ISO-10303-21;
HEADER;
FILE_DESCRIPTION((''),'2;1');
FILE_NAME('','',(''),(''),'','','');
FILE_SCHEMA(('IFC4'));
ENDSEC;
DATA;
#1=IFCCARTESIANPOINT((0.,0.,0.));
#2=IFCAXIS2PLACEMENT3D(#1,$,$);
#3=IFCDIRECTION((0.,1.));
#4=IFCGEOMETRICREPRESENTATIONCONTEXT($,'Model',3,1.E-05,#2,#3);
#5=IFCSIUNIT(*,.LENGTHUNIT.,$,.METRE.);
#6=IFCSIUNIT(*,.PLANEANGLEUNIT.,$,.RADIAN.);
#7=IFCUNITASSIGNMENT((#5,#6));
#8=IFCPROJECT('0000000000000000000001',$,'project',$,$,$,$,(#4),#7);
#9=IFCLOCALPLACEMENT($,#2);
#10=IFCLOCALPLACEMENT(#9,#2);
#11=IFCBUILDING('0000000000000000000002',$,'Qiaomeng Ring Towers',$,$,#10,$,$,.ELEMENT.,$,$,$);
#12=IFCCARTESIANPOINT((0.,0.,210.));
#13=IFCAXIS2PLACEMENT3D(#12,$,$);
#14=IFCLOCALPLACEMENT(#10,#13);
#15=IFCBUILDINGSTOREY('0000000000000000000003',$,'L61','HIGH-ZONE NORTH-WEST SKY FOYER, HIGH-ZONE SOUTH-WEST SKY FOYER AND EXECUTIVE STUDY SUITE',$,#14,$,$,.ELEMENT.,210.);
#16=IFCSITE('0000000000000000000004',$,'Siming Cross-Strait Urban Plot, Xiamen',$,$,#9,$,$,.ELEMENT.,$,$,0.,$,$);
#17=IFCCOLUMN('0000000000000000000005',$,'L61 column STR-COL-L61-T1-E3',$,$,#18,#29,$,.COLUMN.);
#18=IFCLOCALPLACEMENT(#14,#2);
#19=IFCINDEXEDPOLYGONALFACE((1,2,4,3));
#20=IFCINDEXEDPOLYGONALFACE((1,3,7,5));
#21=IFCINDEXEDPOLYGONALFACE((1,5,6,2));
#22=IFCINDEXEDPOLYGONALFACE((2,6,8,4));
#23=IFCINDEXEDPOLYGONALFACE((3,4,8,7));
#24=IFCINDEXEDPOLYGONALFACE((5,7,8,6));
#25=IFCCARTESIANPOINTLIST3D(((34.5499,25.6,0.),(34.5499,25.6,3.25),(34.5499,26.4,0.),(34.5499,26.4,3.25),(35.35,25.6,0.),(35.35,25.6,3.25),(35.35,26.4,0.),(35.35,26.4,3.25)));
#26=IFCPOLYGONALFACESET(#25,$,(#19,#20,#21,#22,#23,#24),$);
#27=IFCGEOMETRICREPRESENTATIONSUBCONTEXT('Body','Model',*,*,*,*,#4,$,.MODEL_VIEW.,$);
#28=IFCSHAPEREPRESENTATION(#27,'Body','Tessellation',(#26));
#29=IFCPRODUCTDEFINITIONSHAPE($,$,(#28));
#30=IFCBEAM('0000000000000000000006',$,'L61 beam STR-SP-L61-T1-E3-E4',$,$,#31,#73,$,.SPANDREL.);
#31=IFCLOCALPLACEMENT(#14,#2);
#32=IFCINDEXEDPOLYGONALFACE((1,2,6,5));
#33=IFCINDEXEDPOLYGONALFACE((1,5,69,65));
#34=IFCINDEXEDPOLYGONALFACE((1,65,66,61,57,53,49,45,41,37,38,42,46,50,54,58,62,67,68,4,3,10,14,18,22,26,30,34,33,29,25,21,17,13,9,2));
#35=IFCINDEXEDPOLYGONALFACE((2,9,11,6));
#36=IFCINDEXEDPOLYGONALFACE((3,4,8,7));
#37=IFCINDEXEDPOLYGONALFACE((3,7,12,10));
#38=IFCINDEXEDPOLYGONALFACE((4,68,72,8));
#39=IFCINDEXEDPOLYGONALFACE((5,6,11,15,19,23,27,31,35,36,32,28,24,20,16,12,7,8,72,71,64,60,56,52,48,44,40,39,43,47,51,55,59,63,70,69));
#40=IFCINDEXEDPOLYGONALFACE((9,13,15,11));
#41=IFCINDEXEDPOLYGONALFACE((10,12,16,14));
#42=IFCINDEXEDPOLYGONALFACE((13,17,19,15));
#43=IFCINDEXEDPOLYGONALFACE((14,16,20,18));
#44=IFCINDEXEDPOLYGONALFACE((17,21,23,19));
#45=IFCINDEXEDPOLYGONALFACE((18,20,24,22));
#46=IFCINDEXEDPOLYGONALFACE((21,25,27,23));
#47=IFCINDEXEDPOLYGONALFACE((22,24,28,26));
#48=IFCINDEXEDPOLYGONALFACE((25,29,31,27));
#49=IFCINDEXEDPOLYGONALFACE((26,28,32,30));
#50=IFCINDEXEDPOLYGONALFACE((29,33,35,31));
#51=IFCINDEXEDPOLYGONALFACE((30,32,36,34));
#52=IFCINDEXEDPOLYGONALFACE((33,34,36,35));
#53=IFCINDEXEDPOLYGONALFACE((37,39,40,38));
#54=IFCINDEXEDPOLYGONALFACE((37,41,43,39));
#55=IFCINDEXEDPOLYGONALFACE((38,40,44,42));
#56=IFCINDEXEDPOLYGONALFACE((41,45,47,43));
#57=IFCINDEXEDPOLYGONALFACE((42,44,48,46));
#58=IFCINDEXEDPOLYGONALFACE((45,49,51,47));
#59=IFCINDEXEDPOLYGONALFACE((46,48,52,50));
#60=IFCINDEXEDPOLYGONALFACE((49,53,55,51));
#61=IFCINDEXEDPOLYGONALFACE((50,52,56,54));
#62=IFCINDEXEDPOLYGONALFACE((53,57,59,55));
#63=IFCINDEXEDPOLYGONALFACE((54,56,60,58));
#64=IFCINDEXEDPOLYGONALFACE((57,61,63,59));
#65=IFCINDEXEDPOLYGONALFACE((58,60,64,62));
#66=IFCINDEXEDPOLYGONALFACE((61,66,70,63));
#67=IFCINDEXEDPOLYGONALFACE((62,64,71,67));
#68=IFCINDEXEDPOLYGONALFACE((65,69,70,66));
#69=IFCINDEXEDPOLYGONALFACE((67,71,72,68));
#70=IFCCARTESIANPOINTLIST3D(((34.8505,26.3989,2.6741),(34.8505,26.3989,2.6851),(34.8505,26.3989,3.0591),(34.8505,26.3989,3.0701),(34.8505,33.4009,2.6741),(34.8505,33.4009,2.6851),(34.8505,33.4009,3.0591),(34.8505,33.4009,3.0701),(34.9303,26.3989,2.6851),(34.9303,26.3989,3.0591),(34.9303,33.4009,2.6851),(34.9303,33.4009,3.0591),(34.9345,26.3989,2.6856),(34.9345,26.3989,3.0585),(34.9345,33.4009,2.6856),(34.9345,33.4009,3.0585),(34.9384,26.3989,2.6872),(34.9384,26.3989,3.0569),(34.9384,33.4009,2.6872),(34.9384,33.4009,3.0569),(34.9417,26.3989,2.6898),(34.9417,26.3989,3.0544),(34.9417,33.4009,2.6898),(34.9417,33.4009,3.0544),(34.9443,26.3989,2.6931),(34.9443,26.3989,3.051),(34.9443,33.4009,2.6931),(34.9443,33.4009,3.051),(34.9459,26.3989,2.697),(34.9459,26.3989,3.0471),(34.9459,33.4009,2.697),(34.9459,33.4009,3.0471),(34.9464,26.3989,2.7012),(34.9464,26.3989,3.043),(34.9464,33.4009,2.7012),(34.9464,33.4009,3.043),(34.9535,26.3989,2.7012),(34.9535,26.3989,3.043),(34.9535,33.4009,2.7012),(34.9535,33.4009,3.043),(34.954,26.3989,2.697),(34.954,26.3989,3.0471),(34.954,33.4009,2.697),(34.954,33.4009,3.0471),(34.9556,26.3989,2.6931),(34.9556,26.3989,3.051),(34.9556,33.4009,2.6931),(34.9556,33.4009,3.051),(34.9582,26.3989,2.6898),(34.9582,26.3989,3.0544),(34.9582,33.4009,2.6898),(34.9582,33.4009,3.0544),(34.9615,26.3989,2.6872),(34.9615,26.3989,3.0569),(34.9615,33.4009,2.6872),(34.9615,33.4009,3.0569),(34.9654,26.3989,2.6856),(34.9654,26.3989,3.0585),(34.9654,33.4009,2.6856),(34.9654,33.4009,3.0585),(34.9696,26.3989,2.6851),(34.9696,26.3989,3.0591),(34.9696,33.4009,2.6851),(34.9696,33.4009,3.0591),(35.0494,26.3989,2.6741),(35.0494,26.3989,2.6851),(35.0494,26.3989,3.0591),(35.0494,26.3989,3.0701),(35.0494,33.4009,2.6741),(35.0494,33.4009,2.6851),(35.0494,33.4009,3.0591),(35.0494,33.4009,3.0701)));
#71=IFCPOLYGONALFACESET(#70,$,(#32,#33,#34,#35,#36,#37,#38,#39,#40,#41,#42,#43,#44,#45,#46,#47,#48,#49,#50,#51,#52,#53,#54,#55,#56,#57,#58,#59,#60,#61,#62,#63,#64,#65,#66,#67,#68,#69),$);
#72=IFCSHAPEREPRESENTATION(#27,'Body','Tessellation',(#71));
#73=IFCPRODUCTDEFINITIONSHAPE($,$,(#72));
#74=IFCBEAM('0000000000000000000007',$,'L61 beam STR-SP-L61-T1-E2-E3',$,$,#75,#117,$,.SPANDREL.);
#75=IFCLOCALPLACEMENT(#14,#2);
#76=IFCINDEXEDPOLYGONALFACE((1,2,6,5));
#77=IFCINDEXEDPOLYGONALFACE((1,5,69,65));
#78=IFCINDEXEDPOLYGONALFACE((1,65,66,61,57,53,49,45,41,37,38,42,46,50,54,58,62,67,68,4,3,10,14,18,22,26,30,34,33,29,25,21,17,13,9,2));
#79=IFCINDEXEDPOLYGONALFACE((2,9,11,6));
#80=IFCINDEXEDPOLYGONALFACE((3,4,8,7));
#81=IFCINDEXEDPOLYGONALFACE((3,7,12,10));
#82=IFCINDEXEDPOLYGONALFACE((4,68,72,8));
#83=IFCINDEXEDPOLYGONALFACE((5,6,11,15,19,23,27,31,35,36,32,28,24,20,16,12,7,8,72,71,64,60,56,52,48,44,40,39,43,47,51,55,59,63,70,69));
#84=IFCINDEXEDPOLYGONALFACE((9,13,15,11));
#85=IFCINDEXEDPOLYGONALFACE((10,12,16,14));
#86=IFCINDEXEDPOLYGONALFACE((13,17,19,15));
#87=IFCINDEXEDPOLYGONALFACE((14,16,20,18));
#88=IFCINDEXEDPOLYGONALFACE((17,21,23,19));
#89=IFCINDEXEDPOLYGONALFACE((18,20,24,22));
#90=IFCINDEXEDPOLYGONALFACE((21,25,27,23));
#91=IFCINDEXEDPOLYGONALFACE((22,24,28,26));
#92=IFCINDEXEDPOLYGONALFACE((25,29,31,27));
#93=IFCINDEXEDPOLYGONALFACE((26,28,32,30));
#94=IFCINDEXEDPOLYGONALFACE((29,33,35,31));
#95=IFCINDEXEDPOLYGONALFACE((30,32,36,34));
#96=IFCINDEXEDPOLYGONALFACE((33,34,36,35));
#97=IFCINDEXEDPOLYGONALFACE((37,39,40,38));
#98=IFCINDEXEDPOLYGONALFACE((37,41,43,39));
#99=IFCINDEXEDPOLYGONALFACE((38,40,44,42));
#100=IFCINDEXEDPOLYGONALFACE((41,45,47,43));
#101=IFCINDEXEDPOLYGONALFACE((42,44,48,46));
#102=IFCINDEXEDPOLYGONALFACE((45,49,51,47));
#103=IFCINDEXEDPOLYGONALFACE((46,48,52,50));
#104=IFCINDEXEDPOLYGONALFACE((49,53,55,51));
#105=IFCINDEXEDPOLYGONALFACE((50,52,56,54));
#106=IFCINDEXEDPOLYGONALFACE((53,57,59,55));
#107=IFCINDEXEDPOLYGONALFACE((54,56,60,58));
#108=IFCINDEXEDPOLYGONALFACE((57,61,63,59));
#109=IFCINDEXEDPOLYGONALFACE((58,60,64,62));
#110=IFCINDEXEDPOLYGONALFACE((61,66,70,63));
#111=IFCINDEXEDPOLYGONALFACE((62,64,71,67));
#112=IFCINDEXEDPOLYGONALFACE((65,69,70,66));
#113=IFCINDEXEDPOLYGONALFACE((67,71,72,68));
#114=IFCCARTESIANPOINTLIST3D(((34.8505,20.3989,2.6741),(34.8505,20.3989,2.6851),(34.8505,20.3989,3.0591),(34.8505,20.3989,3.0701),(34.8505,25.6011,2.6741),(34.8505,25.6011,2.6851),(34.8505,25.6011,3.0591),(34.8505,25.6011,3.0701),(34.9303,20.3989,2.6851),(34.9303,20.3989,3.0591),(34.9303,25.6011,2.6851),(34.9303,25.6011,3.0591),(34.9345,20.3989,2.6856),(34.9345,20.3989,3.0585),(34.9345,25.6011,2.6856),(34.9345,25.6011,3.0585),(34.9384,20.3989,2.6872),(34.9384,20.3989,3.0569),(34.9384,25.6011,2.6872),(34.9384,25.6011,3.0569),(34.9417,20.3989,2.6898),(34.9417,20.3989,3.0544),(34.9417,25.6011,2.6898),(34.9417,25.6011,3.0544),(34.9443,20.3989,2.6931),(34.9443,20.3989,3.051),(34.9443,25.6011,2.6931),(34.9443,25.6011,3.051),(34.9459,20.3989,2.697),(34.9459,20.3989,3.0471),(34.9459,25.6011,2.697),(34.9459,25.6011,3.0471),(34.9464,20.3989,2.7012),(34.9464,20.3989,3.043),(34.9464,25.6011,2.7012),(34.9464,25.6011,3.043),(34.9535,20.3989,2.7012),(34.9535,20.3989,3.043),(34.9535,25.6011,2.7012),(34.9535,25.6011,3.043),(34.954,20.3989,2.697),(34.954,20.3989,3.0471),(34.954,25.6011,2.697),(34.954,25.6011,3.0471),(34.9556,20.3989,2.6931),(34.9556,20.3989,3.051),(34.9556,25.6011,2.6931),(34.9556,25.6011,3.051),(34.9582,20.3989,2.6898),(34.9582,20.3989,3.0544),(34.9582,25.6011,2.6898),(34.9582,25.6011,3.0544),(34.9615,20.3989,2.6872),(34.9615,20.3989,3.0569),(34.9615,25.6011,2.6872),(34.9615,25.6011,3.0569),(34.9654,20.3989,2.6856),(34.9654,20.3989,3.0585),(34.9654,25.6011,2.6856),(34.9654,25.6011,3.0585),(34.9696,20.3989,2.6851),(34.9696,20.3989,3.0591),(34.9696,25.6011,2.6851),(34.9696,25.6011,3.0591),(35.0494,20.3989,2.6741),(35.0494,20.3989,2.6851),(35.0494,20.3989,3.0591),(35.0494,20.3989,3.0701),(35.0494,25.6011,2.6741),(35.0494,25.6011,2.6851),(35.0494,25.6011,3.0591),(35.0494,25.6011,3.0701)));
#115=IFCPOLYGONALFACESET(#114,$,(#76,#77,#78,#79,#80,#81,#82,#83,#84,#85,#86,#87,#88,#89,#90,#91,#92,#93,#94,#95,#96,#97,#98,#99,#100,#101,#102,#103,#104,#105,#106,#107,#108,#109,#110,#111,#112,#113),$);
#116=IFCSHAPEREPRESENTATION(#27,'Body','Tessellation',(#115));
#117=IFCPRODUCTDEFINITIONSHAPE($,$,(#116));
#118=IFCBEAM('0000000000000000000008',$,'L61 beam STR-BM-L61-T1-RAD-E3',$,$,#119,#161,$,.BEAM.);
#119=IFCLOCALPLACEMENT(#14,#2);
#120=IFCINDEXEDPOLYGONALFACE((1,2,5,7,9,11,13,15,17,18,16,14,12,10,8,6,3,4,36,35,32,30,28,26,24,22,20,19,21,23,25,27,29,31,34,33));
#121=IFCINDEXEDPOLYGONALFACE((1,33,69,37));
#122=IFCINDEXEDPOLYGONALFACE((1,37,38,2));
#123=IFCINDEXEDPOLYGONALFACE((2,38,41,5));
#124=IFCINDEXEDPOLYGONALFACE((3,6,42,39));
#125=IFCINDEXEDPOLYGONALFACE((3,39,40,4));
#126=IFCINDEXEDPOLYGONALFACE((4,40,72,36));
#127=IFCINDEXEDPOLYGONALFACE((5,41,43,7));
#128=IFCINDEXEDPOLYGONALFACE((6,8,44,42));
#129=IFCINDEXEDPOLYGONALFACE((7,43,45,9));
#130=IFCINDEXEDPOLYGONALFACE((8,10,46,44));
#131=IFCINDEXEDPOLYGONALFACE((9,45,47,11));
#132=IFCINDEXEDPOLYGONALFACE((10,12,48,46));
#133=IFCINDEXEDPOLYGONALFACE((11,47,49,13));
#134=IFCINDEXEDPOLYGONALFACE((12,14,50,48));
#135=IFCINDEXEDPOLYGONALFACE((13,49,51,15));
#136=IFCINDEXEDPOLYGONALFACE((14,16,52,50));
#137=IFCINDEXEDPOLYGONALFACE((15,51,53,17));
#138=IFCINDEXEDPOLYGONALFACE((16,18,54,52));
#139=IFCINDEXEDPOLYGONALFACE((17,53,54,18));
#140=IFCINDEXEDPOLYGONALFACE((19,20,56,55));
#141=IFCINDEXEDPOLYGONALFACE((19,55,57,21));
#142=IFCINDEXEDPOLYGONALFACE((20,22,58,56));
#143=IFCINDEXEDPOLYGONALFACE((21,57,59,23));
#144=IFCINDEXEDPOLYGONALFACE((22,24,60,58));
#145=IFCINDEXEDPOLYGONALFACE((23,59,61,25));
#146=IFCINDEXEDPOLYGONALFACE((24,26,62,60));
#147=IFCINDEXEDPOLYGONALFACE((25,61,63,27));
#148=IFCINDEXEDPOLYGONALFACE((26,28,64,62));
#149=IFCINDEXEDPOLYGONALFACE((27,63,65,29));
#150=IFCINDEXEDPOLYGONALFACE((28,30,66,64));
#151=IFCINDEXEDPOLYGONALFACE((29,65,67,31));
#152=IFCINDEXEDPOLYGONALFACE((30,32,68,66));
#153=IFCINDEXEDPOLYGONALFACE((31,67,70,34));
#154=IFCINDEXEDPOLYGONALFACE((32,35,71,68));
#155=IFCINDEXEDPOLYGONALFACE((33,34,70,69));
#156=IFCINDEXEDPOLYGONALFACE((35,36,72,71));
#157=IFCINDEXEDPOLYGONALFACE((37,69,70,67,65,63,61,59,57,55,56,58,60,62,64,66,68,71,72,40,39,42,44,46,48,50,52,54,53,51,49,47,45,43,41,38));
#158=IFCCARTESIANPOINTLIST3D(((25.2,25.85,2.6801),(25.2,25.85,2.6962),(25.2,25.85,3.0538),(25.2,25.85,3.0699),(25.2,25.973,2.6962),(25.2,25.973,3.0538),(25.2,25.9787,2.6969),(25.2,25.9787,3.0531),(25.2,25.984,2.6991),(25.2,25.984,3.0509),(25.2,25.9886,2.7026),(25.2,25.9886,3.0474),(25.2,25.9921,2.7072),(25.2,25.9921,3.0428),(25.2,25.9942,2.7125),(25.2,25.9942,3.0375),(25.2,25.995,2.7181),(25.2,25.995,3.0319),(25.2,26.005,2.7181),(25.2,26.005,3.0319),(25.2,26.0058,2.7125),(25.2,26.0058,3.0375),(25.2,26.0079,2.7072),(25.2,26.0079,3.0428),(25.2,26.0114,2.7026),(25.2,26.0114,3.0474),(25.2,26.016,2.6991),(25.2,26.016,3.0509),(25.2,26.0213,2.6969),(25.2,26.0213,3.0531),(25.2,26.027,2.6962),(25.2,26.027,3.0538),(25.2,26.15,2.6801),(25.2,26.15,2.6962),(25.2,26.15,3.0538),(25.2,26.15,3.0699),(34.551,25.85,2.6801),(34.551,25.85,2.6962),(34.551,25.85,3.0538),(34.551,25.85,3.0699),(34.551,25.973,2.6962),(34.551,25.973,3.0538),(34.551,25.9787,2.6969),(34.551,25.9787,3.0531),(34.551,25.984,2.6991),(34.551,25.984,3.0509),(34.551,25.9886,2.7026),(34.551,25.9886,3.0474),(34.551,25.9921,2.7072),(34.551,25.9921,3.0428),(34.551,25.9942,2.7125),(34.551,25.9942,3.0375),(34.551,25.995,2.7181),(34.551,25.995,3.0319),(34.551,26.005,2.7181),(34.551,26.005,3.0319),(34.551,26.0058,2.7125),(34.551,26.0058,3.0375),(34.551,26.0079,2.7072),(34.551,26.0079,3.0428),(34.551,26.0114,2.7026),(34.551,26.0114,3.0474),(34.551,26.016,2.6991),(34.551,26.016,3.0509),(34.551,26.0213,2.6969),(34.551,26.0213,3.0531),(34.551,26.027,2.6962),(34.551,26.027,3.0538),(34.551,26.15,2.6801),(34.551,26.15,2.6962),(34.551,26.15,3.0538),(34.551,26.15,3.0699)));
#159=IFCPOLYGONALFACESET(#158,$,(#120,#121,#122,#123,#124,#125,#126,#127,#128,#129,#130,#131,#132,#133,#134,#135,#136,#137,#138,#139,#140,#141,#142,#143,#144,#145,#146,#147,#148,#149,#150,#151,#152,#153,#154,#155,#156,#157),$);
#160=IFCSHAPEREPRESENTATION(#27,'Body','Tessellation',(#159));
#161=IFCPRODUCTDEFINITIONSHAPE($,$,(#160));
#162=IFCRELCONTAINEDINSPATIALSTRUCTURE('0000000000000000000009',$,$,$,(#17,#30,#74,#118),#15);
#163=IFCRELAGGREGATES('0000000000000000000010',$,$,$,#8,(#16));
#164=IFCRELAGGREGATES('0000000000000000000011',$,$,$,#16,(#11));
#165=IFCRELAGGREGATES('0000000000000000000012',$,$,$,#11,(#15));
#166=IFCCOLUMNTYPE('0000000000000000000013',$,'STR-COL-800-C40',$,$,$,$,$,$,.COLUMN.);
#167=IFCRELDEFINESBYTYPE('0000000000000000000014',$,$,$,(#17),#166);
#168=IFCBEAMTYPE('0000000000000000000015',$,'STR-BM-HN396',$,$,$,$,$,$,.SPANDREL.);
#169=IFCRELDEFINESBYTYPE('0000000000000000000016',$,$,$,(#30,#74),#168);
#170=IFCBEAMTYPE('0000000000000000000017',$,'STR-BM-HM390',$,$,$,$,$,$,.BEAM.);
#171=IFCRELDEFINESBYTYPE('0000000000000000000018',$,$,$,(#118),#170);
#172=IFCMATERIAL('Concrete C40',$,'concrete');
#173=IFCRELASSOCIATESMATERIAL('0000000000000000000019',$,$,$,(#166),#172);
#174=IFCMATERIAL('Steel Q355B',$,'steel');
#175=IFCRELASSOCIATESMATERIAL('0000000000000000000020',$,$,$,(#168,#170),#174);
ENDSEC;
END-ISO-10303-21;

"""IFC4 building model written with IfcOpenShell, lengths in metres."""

from ifc_helpers import new_model, si_unit, direction, frame, origin, origin_2d, place, context, subcontext, project, spatial, rectangle, i_section, extrude, source, transform, mapped, material, material_profile, profile_set, type_object, element, save


model = new_model("IFC4")

# Units and contexts
model_context = context("Model", 3, precision=1e-05, world=origin(), true_north=direction((0.0, 1.0)))
body_context = subcontext(model_context, "Body", "Model", "MODEL_VIEW")
ifc_project = project(units=[si_unit("LENGTHUNIT", "METRE"), si_unit("PLANEANGLEUNIT", "RADIAN")], contexts=[model_context])

# Site, building, storey
site_placement = place(None, origin())
site = spatial("IfcSite", under=ifc_project, at=site_placement, Name="Siming Cross-Strait Urban Plot, Xiamen", CompositionType="ELEMENT", RefElevation=0.0)
building_placement = place(site_placement, origin())
building = spatial("IfcBuilding", under=site, at=building_placement, Name="Qiaomeng Ring Towers", CompositionType="ELEMENT")
storey_placement = place(building_placement, frame((0.0, 0.0, 210.0)))
storey = spatial("IfcBuildingStorey", under=building, at=storey_placement, Name="L61", Description="HIGH-ZONE NORTH-WEST SKY FOYER, HIGH-ZONE SOUTH-WEST SKY FOYER AND EXECUTIVE STUDY SUITE", CompositionType="ELEMENT", Elevation=210.0)

# Column
ifc_material_1 = material(Name="Concrete C40", Category="concrete")
ifc_material_profile_1 = material_profile(ifc_material_1, rectangle(XDim=0.8, YDim=0.8, at=origin_2d()), Name="RC COL 800x800")
ifc_profile_set_1 = profile_set([ifc_material_profile_1], Name="Concrete C40")
column_type = type_object("IfcColumnType", Name="STR-COL-800-C40", PredefinedType="COLUMN", material=ifc_profile_set_1)
shared_shape_1 = source(origin(), body_context, "Body", "SweptSolid", [
    extrude(rectangle(XDim=0.8, YDim=0.8, at=origin_2d()), origin(), (0.0, 0.0, 1.0), 3.25),
])
column_placement = place(storey_placement, frame((34.95, 26.0, 0.0), z_axis=(0.0, 0.0, 1.0), x_axis=(1.0, 0.0, 0.0)))
element("IfcColumn", 1, at=column_placement, inside=storey, type_object=column_type, Name="L61 column STR-COL-L61-T1-E3", PredefinedType="COLUMN", context=body_context, shape_type="MappedRepresentation", body=[
    mapped(shared_shape_1, transform((0.0, 0.0, 0.0), x_axis=(1.0, 0.0, 0.0), y_axis=(0.0, 1.0, 0.0), z_axis=(0.0, 0.0, 1.0), scale=1.0)),
])

# Beams
ifc_material_2 = material(Name="Steel Q355B", Category="steel")
ifc_material_profile_2 = material_profile(ifc_material_2, i_section(OverallWidth=0.199, OverallDepth=0.396, WebThickness=0.0071, FlangeThickness=0.011, FilletRadius=0.0161, at=origin_2d()), Name="HN 396x199x7x11")
ifc_profile_set_2 = profile_set([ifc_material_profile_2], Name="Steel Q355B")
beam_type_1 = type_object("IfcBeamType", Name="STR-BM-HN396", PredefinedType="SPANDREL", material=ifc_profile_set_2)
shared_shape_2 = source(origin(), body_context, "Body", "SweptSolid", [
    extrude(i_section(OverallWidth=0.199, OverallDepth=0.396, WebThickness=0.0071, FlangeThickness=0.011, FilletRadius=0.0161, at=origin_2d()), origin(), (0.0, 0.0, 1.0), 7.002),
])
beam_1_placement = place(storey_placement, frame((34.95, 26.3989, 2.8721), z_axis=(0.0, 1.0, 0.0), x_axis=(-1.0, 0.0, 0.0)))
element("IfcBeam", 2, at=beam_1_placement, inside=storey, type_object=beam_type_1, Name="L61 beam STR-SP-L61-T1-E3-E4", PredefinedType="SPANDREL", context=body_context, shape_type="MappedRepresentation", body=[
    mapped(shared_shape_2, transform((0.0, 0.0, 0.0), x_axis=(1.0, 0.0, 0.0), y_axis=(0.0, 1.0, 0.0), z_axis=(0.0, 0.0, 1.0), scale=1.0)),
])
shared_shape_3 = source(origin(), body_context, "Body", "SweptSolid", [
    extrude(i_section(OverallWidth=0.199, OverallDepth=0.396, WebThickness=0.0071, FlangeThickness=0.011, FilletRadius=0.0161, at=origin_2d()), origin(), (0.0, 0.0, 1.0), 5.2021),
])
beam_2_placement = place(storey_placement, frame((34.95, 20.3989, 2.8721), z_axis=(0.0, 1.0, 0.0), x_axis=(-1.0, 0.0, 0.0)))
element("IfcBeam", 3, at=beam_2_placement, inside=storey, type_object=beam_type_1, Name="L61 beam STR-SP-L61-T1-E2-E3", PredefinedType="SPANDREL", context=body_context, shape_type="MappedRepresentation", body=[
    mapped(shared_shape_3, transform((0.0, 0.0, 0.0), x_axis=(1.0, 0.0, 0.0), y_axis=(0.0, 1.0, 0.0), z_axis=(0.0, 0.0, 1.0), scale=1.0)),
])
ifc_material_profile_3 = material_profile(ifc_material_2, i_section(OverallWidth=0.3, OverallDepth=0.3899, WebThickness=0.01, FlangeThickness=0.0161, FilletRadius=0.022, at=origin_2d()), Name="HM 390x300x10x16")
ifc_profile_set_3 = profile_set([ifc_material_profile_3], Name="Steel Q355B")
beam_type_2 = type_object("IfcBeamType", Name="STR-BM-HM390", PredefinedType="BEAM", material=ifc_profile_set_3)
shared_shape_4 = source(origin(), body_context, "Body", "SweptSolid", [
    extrude(i_section(OverallWidth=0.3, OverallDepth=0.3899, WebThickness=0.01, FlangeThickness=0.0161, FilletRadius=0.022, at=origin_2d()), origin(), (0.0, 0.0, 1.0), 9.3511),
])
beam_3_placement = place(storey_placement, frame((25.2, 26.0, 2.875), z_axis=(1.0, 0.0, 0.0), x_axis=(0.0, 1.0, 0.0)))
element("IfcBeam", 4, at=beam_3_placement, inside=storey, type_object=beam_type_2, Name="L61 beam STR-BM-L61-T1-RAD-E3", PredefinedType="BEAM", context=body_context, shape_type="MappedRepresentation", body=[
    mapped(shared_shape_4, transform((0.0, 0.0, 0.0), x_axis=(1.0, 0.0, 0.0), y_axis=(0.0, 1.0, 0.0), z_axis=(0.0, 0.0, 1.0), scale=1.0)),
])

save(model, "model.ifc")
